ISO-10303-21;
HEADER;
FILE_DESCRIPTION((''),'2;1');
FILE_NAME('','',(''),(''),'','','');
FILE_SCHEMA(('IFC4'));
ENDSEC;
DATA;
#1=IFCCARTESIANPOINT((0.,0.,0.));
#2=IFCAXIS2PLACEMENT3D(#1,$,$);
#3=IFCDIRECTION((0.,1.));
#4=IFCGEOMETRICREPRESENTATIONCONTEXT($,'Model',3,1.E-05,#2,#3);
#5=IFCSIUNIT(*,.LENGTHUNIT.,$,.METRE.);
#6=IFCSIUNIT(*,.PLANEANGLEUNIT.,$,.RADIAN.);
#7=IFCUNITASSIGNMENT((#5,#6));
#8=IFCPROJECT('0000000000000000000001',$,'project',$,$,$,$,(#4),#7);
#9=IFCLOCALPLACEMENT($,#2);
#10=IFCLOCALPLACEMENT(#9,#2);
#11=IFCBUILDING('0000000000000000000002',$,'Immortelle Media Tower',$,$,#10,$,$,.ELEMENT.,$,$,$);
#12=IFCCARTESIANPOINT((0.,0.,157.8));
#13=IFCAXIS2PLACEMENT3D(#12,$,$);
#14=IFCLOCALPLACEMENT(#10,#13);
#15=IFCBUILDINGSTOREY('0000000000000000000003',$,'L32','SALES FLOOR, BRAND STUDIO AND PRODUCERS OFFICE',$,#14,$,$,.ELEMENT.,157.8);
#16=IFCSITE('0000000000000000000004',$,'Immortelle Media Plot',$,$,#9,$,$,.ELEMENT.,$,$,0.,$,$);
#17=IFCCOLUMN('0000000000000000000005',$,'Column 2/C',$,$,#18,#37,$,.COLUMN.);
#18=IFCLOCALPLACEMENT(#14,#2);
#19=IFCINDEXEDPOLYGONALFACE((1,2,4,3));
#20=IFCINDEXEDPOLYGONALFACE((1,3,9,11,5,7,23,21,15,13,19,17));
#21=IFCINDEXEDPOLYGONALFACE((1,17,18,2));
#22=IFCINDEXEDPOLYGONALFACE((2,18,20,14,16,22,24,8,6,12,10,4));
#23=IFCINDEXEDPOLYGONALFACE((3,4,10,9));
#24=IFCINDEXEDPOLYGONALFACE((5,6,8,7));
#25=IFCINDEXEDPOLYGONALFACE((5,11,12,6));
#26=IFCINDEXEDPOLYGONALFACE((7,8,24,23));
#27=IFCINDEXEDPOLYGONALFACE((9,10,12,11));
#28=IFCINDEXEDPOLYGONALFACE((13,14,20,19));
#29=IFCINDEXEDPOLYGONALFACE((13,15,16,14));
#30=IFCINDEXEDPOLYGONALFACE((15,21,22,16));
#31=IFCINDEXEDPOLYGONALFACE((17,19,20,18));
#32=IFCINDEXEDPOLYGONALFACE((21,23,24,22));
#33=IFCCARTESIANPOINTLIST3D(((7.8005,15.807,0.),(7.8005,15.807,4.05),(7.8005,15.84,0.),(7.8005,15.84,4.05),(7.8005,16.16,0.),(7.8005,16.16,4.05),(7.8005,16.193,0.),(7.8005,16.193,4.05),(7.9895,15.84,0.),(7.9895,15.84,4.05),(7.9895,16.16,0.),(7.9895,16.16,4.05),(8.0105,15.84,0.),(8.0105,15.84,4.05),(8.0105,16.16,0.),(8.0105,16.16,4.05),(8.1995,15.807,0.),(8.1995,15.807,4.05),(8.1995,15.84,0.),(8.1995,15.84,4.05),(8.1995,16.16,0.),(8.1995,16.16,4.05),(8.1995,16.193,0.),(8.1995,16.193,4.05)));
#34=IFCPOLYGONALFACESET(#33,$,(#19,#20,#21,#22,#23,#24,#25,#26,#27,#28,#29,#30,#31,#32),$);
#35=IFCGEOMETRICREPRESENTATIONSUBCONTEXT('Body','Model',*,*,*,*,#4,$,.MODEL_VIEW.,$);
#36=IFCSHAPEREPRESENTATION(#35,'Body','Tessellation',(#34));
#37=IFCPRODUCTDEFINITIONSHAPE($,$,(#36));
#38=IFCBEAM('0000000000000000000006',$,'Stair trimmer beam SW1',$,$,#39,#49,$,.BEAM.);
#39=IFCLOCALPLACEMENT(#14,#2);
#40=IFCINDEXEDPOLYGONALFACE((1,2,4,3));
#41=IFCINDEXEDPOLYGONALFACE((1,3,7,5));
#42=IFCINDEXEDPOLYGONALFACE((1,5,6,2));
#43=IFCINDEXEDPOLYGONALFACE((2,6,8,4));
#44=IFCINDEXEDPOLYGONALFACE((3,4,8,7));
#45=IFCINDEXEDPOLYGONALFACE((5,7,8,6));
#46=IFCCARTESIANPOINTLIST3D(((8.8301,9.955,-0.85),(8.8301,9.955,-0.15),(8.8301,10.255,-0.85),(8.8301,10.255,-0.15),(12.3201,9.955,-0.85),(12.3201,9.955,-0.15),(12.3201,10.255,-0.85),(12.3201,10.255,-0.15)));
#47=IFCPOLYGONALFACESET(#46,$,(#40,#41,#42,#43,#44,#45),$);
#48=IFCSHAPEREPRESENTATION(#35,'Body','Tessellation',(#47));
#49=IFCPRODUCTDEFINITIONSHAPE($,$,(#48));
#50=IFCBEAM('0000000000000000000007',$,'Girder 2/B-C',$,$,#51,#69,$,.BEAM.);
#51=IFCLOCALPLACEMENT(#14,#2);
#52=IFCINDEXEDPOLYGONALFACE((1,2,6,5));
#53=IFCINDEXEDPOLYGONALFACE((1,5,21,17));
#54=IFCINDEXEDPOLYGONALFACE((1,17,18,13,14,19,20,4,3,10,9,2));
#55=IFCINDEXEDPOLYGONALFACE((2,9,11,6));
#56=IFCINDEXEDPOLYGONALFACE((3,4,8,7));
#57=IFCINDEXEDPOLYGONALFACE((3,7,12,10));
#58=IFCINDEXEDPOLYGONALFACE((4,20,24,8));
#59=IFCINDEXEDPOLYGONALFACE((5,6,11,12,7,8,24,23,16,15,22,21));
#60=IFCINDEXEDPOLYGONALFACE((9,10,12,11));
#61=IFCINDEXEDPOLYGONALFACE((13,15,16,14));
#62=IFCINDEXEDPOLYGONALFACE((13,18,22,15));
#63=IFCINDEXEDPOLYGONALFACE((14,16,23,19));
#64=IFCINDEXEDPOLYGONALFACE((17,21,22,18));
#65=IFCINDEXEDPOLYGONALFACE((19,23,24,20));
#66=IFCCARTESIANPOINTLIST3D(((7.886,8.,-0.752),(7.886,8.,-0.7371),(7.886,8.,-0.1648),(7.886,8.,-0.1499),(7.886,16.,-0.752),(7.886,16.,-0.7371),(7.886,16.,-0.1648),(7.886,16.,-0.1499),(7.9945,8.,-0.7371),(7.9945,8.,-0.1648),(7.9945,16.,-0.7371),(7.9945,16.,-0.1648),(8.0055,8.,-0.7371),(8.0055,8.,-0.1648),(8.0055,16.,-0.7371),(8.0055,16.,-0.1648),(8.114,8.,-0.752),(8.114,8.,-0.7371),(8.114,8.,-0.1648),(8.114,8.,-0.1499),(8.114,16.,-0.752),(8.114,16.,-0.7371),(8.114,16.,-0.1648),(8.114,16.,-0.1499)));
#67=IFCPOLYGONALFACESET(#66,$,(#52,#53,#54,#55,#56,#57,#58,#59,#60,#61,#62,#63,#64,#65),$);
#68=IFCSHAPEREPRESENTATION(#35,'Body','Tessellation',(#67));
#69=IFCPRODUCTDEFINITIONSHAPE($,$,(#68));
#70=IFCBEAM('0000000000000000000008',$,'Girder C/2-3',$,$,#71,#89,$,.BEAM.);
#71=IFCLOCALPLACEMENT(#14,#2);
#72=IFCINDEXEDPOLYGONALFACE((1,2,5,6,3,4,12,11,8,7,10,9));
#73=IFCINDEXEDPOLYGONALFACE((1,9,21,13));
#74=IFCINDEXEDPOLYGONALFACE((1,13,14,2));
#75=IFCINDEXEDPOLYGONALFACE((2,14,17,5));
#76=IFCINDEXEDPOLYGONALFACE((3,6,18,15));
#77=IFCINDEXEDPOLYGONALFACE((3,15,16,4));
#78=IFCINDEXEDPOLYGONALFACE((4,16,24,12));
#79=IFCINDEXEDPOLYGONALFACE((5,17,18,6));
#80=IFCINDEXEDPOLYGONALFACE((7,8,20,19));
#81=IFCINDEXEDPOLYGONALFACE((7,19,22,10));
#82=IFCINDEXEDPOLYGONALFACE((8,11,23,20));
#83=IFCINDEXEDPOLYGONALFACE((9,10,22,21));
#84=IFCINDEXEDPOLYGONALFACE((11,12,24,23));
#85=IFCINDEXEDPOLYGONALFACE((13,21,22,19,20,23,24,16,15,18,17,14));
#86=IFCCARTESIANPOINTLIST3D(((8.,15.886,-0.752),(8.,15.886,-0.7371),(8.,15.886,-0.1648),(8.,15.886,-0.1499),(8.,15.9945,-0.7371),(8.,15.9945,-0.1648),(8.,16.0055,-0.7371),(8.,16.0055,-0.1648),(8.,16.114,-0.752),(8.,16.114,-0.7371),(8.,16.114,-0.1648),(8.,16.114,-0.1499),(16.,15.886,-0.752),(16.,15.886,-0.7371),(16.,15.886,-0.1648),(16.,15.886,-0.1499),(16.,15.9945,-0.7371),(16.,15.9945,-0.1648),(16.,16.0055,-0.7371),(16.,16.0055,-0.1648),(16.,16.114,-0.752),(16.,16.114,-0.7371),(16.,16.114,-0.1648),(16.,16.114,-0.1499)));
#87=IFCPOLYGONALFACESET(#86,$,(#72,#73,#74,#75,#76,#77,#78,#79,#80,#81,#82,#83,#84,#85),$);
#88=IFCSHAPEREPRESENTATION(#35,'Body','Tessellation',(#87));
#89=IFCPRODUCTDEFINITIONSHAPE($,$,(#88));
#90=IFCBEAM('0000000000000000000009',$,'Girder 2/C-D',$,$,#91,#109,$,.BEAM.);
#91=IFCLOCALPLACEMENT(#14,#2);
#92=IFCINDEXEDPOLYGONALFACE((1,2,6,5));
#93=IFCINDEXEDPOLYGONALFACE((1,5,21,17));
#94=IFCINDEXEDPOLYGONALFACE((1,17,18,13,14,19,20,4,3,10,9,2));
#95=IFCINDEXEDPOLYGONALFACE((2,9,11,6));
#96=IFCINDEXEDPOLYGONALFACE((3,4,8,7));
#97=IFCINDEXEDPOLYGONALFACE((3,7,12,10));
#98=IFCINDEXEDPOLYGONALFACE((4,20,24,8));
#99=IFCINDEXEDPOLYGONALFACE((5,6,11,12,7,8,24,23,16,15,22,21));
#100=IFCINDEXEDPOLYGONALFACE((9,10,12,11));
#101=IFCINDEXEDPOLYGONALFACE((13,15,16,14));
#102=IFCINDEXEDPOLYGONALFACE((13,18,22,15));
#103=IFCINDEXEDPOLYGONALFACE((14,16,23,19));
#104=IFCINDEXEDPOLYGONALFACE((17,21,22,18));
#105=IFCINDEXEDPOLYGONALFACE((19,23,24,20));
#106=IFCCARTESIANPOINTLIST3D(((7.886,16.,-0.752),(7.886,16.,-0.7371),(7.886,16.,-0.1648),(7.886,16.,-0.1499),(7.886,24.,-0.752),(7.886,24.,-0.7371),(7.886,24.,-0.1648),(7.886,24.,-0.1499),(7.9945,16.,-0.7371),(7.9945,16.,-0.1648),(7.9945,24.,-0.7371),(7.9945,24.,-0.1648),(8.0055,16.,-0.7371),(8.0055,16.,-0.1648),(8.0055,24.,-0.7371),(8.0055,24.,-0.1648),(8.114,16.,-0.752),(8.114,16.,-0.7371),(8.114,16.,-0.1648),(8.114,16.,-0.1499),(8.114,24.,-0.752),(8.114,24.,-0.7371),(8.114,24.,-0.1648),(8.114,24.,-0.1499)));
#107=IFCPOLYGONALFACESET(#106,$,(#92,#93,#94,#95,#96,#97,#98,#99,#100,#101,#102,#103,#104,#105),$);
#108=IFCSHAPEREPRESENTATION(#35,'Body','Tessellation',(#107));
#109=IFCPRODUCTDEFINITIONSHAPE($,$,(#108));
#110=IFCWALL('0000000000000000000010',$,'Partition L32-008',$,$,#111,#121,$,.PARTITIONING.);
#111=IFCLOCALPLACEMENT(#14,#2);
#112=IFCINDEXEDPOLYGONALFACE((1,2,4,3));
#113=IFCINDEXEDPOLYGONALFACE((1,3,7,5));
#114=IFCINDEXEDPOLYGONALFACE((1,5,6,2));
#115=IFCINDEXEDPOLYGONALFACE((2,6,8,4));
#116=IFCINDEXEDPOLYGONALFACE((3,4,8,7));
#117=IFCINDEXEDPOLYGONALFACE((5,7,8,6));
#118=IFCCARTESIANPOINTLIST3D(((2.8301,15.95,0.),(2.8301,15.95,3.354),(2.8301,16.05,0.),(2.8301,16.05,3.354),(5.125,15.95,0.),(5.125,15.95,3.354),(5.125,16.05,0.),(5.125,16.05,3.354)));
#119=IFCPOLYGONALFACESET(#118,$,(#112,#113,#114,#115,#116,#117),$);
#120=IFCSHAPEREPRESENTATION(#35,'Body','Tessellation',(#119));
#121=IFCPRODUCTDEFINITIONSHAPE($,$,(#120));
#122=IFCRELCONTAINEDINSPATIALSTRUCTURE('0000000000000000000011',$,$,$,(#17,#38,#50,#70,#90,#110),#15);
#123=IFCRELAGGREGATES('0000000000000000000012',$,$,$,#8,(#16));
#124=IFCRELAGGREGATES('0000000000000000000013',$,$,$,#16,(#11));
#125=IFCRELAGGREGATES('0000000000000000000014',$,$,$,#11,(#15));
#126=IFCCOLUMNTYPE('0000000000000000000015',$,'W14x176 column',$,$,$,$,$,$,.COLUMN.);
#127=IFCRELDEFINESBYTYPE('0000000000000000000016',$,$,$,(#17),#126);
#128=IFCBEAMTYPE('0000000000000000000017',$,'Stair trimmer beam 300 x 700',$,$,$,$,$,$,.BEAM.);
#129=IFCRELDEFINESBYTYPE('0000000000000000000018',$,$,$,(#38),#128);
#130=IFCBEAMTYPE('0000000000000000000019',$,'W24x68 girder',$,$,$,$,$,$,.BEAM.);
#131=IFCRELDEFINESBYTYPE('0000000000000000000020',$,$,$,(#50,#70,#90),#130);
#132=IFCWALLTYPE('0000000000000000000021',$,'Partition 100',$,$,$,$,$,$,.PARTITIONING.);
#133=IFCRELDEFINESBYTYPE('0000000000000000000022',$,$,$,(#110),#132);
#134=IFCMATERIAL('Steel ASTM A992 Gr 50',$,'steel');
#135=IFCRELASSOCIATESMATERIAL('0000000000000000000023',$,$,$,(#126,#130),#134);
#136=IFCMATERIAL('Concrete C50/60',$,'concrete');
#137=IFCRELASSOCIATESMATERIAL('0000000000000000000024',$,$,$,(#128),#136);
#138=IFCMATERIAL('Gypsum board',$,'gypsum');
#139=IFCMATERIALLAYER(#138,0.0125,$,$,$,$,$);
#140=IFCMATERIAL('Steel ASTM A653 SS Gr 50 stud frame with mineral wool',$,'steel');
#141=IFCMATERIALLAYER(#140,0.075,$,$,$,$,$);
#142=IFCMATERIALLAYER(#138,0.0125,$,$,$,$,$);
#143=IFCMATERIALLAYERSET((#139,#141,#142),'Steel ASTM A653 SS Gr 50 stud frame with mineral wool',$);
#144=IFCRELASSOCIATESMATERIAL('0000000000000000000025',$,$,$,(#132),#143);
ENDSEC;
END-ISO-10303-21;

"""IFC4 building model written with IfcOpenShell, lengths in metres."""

from ifc_helpers import new_model, si_unit, direction, frame, frame_2d, origin, origin_2d, place, context, subcontext, project, spatial, rectangle, i_section, extrude, material, layer, layer_set, material_profile, profile_set, type_object, element, save


model = new_model("IFC4")

# Units and contexts
model_context = context("Model", 3, precision=1e-05, world=origin(), true_north=direction((0.0, 1.0)))
body_context = subcontext(model_context, "Body", "Model", "MODEL_VIEW")
ifc_project = project(units=[si_unit("LENGTHUNIT", "METRE"), si_unit("PLANEANGLEUNIT", "RADIAN")], contexts=[model_context])

# Site, building, storey
site_placement = place(None, origin())
site = spatial("IfcSite", under=ifc_project, at=site_placement, Name="Immortelle Media Plot", CompositionType="ELEMENT", RefElevation=0.0)
building_placement = place(site_placement, origin())
building = spatial("IfcBuilding", under=site, at=building_placement, Name="Immortelle Media Tower", CompositionType="ELEMENT")
storey_placement = place(building_placement, frame((0.0, 0.0, 157.8)))
storey = spatial("IfcBuildingStorey", under=building, at=storey_placement, Name="L32", Description="SALES FLOOR, BRAND STUDIO AND PRODUCERS OFFICE", CompositionType="ELEMENT", Elevation=157.8)

# Column
ifc_material_1 = material(Name="Steel ASTM A992 Gr 50", Category="steel")
ifc_material_profile_1 = material_profile(ifc_material_1, i_section(OverallWidth=0.3989, OverallDepth=0.386, WebThickness=0.021, FlangeThickness=0.033, at=origin_2d()), Name="W14x176")
ifc_profile_set_1 = profile_set([ifc_material_profile_1], Name="Steel ASTM A992 Gr 50")
column_type = type_object("IfcColumnType", Name="W14x176 column", PredefinedType="COLUMN", material=ifc_profile_set_1)
column_placement = place(storey_placement, frame((8.0, 16.0, 0.0), z_axis=(0.0, 0.0, 1.0), x_axis=(1.0, 0.0, 0.0)))
element("IfcColumn", 1, at=column_placement, inside=storey, type_object=column_type, Name="Column 2/C", PredefinedType="COLUMN", context=body_context, shape_type="SweptSolid", body=[
    extrude(i_section(OverallWidth=0.3989, OverallDepth=0.386, WebThickness=0.021, FlangeThickness=0.033, at=origin_2d()), origin(), (0.0, 0.0, 1.0), 4.05),
])

# Beams
ifc_material_2 = material(Name="Concrete C50/60", Category="concrete")
ifc_material_profile_2 = material_profile(ifc_material_2, rectangle(XDim=0.3, YDim=0.7, at=origin_2d()), Name="RC 300x700")
ifc_profile_set_2 = profile_set([ifc_material_profile_2], Name="Concrete C50/60")
beam_type_1 = type_object("IfcBeamType", Name="Stair trimmer beam 300 x 700", PredefinedType="BEAM", material=ifc_profile_set_2)
beam_placement = place(storey_placement, frame((8.8301, 10.105, -0.5), z_axis=(1.0, 0.0, 0.0), x_axis=(0.0, 1.0, 0.0)))
element("IfcBeam", 2, at=beam_placement, inside=storey, type_object=beam_type_1, Name="Stair trimmer beam SW1", PredefinedType="BEAM", context=body_context, shape_type="SweptSolid", body=[
    extrude(rectangle(XDim=0.3, YDim=0.7, at=origin_2d()), origin(), (0.0, 0.0, 1.0), 3.49),
])
ifc_material_profile_3 = material_profile(ifc_material_1, i_section(OverallWidth=0.228, OverallDepth=0.6021, WebThickness=0.011, FlangeThickness=0.0149, at=origin_2d()), Name="W24x68")
ifc_profile_set_3 = profile_set([ifc_material_profile_3], Name="Steel ASTM A992 Gr 50")
beam_type_2 = type_object("IfcBeamType", Name="W24x68 girder", PredefinedType="BEAM", material=ifc_profile_set_3)
for number, where, z_axis, x_axis, name in (
    (3, (8.0, 8.0, -0.4509), (0.0, 1.0, 0.0), (-1.0, 0.0, 0.0), "Girder 2/B-C"),
    (4, (8.0, 16.0, -0.4509), (1.0, 0.0, 0.0), (0.0, 1.0, 0.0), "Girder C/2-3"),
    (5, (8.0, 16.0, -0.4509), (0.0, 1.0, 0.0), (-1.0, 0.0, 0.0), "Girder 2/C-D"),
):
    element("IfcBeam", number, at=place(storey_placement, frame(where, z_axis=z_axis, x_axis=x_axis)), inside=storey, type_object=beam_type_2, Name=name, PredefinedType="BEAM", context=body_context, shape_type="SweptSolid", body=[
        extrude(i_section(OverallWidth=0.228, OverallDepth=0.6021, WebThickness=0.011, FlangeThickness=0.0149, at=origin_2d()), origin(), (0.0, 0.0, 1.0), 8.0),
    ])

# Wall
ifc_material_3 = material(Name="Gypsum board", Category="gypsum")
ifc_layer_1 = layer(ifc_material_3, 0.0125)
ifc_material_4 = material(Name="Steel ASTM A653 SS Gr 50 stud frame with mineral wool", Category="steel")
ifc_layer_2 = layer(ifc_material_4, 0.075)
ifc_layer_3 = layer(ifc_material_3, 0.0125)
ifc_layer_set_1 = layer_set([ifc_layer_1, ifc_layer_2, ifc_layer_3], Name="Steel ASTM A653 SS Gr 50 stud frame with mineral wool")
wall_type_1 = type_object("IfcWallType", Name="Partition 100", PredefinedType="PARTITIONING", material=ifc_layer_set_1)
wall_1_placement = place(storey_placement, frame((2.8301, 16.0, 0.0), z_axis=(0.0, 0.0, 1.0), x_axis=(1.0, 0.0, 0.0)))
element("IfcWall", 6, at=wall_1_placement, inside=storey, type_object=wall_type_1, Name="Partition L32-008", PredefinedType="PARTITIONING", context=body_context, shape_type="SweptSolid", body=[
    extrude(rectangle(XDim=2.2949, YDim=0.1001, at=frame_2d((1.1475, 0.0))), origin(), (0.0, 0.0, 1.0), 3.354),
])

save(model, "model.ifc")
